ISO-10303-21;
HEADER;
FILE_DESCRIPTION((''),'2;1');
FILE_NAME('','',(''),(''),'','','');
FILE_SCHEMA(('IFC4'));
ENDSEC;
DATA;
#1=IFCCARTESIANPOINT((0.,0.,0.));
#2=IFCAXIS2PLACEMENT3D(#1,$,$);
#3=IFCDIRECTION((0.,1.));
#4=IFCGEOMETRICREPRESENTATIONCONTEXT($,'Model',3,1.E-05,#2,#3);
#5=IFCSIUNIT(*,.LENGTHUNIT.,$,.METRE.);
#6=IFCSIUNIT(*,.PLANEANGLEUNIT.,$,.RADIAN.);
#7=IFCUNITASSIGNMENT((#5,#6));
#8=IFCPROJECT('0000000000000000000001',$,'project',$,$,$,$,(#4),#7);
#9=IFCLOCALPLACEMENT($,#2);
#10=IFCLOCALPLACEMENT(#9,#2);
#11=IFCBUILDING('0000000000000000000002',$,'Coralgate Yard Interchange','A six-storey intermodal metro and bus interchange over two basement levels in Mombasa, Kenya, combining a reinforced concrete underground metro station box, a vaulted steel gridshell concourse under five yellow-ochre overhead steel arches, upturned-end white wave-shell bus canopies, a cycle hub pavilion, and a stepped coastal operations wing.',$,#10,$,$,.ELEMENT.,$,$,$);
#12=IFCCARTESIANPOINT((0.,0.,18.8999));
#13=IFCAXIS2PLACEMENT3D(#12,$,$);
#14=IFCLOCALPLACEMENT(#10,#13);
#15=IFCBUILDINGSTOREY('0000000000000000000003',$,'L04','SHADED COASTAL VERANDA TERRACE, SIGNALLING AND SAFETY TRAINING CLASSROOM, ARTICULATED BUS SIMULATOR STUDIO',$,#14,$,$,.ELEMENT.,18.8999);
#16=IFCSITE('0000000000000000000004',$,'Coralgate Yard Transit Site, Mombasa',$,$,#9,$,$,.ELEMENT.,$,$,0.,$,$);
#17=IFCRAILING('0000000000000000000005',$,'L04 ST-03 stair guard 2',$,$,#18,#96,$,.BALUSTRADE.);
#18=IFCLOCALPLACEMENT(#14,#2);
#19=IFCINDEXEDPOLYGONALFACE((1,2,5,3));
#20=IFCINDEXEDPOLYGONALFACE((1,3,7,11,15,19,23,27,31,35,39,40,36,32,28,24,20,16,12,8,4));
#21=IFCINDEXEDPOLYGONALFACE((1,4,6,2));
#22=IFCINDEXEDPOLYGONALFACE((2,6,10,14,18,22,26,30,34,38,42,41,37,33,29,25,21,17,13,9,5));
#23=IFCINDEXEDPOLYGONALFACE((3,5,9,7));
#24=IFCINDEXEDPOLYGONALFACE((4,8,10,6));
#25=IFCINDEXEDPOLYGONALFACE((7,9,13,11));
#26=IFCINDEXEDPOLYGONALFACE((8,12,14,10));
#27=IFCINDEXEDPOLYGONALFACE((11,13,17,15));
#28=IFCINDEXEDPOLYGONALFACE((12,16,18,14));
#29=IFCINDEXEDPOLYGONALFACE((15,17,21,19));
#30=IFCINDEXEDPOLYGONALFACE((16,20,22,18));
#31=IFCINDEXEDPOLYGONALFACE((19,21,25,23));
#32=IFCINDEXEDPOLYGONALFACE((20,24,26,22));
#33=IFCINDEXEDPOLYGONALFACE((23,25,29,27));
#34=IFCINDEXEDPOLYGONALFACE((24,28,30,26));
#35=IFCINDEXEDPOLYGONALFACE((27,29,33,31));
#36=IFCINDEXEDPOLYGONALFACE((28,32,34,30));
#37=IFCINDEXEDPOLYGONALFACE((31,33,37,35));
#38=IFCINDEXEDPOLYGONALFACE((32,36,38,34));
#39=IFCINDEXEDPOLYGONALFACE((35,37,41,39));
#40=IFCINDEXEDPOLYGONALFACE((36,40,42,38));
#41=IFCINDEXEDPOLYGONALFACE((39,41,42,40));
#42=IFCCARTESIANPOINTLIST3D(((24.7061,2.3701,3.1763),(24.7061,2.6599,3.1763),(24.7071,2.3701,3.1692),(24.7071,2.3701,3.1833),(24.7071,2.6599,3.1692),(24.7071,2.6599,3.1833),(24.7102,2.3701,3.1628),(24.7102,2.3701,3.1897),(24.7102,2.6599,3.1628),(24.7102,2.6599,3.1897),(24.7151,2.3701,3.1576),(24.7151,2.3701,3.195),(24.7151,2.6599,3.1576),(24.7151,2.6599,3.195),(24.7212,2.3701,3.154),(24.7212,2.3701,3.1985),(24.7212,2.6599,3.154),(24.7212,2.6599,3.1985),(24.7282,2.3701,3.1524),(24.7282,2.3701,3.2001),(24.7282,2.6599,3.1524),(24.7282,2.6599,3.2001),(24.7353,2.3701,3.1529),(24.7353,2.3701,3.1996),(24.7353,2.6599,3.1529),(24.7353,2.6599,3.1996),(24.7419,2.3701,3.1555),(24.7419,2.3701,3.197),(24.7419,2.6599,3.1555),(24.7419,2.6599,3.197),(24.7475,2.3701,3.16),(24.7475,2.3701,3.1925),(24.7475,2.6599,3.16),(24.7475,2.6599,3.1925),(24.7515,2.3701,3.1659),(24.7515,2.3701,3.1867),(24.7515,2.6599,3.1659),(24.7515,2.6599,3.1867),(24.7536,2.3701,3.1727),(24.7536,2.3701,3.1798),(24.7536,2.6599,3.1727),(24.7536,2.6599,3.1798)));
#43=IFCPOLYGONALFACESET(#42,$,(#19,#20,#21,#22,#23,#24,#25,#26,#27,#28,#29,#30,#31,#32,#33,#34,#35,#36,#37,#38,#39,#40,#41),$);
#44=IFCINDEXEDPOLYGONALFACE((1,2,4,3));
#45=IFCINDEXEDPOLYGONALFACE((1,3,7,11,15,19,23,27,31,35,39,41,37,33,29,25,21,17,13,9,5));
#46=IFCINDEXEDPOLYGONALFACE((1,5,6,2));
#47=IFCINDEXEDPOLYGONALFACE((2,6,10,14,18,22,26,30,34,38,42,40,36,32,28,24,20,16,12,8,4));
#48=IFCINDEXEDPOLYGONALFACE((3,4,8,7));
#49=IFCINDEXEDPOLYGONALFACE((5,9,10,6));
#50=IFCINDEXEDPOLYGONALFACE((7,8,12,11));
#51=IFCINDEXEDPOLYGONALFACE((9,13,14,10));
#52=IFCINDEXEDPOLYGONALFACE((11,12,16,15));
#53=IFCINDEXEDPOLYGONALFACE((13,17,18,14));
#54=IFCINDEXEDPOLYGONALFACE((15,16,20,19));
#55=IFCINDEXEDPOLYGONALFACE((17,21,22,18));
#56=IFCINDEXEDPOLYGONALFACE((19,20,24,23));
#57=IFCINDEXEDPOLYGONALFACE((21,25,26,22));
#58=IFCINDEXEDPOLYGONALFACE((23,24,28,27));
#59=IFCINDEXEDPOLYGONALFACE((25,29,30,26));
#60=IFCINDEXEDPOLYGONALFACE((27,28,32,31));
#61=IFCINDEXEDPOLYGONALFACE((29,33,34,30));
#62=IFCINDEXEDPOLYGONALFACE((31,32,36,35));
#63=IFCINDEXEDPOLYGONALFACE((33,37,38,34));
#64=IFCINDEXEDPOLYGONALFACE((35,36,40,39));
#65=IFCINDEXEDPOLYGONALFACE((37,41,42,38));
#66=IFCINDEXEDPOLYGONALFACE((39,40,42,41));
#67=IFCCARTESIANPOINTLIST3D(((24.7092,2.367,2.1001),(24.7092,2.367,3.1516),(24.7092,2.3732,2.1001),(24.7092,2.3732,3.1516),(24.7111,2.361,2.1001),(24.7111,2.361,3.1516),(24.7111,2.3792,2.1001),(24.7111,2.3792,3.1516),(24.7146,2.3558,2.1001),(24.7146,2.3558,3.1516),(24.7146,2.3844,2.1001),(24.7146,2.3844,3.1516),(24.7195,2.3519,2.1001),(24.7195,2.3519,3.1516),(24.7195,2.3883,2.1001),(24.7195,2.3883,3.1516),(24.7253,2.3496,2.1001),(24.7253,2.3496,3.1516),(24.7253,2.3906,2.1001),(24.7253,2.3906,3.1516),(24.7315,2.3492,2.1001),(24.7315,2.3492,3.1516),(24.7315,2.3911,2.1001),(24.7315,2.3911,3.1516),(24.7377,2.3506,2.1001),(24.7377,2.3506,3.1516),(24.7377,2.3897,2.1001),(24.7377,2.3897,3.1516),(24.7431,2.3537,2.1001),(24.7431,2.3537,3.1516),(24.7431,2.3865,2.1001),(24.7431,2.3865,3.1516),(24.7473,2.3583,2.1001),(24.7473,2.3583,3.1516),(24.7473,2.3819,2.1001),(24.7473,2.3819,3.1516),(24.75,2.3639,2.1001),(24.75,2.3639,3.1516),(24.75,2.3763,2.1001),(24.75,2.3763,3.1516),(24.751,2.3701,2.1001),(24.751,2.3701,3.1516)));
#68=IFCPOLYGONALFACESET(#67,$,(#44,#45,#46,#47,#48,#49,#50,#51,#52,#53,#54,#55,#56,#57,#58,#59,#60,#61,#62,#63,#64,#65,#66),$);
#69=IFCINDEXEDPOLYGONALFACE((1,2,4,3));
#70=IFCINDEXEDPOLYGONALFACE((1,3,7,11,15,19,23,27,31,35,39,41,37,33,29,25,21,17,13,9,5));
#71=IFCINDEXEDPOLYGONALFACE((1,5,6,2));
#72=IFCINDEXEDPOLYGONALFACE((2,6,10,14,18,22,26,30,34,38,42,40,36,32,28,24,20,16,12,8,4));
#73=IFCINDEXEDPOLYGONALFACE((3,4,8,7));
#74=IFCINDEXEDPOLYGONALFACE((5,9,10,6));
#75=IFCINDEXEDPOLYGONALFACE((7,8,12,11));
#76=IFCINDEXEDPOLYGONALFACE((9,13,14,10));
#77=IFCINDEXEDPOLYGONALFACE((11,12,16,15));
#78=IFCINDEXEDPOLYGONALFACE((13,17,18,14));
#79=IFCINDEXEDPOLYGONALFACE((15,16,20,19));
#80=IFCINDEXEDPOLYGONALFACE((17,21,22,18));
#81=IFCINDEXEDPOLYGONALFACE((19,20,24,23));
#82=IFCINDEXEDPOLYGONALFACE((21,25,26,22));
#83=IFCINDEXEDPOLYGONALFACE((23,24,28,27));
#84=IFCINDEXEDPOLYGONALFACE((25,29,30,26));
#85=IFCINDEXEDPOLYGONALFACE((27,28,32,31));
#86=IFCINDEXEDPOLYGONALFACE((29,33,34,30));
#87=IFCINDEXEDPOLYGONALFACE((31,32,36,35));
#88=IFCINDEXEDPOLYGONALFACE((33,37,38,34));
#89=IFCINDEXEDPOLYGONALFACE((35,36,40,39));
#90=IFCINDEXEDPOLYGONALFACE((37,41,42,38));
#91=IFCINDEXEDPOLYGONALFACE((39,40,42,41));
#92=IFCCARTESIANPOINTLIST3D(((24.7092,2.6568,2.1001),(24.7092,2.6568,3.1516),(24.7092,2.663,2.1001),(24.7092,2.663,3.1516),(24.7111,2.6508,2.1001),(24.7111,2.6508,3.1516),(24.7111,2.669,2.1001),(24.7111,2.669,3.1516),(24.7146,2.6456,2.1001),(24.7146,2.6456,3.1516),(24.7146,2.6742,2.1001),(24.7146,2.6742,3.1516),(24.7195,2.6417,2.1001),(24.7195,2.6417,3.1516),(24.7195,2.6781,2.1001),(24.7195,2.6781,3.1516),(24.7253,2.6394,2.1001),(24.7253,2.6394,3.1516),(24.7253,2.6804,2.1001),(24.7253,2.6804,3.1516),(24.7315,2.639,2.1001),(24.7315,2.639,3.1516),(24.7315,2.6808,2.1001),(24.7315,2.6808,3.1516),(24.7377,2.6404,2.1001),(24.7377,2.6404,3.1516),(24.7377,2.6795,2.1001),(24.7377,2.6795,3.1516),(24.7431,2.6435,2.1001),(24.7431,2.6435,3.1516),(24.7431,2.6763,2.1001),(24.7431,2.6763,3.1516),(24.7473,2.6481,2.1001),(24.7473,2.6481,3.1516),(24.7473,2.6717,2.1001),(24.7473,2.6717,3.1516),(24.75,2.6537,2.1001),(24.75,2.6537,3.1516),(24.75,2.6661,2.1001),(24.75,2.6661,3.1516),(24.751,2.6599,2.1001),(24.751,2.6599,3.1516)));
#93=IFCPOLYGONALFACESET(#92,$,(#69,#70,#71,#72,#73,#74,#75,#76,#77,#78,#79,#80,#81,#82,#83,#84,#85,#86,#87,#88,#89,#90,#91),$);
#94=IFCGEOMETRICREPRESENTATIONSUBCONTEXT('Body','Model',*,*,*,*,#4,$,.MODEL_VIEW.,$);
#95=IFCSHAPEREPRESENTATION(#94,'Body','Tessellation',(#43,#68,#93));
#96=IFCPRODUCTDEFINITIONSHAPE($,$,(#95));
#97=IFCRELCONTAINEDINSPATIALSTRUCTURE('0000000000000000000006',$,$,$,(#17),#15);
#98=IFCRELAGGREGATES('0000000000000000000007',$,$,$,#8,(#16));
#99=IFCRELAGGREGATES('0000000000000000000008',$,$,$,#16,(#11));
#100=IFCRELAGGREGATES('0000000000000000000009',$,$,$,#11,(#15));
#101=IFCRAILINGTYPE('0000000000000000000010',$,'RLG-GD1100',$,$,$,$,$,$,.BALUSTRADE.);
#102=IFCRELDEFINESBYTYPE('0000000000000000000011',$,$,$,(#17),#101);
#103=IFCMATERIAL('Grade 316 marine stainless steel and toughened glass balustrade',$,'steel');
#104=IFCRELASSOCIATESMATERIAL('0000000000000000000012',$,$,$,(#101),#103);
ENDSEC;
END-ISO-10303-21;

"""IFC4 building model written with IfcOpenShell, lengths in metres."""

from ifc_helpers import new_model, si_unit, direction, frame, origin, origin_2d, place, context, subcontext, project, spatial, circle, extrude, material, type_object, element, save


model = new_model("IFC4")

# Units and contexts
model_context = context("Model", 3, precision=1e-05, world=origin(), true_north=direction((0.0, 1.0)))
body_context = subcontext(model_context, "Body", "Model", "MODEL_VIEW")
ifc_project = project(units=[si_unit("LENGTHUNIT", "METRE"), si_unit("PLANEANGLEUNIT", "RADIAN")], contexts=[model_context])

# Site, building, storey
site_placement = place(None, origin())
site = spatial("IfcSite", under=ifc_project, at=site_placement, Name="Coralgate Yard Transit Site, Mombasa", CompositionType="ELEMENT", RefElevation=0.0)
building_placement = place(site_placement, origin())
building = spatial("IfcBuilding", under=site, at=building_placement, Name="Coralgate Yard Interchange", Description="A six-storey intermodal metro and bus interchange over two basement levels in Mombasa, Kenya, combining a reinforced concrete underground metro station box, a vaulted steel gridshell concourse under five yellow-ochre overhead steel arches, upturned-end white wave-shell bus canopies, a cycle hub pavilion, and a stepped coastal operations wing.", CompositionType="ELEMENT")
storey_placement = place(building_placement, frame((0.0, 0.0, 18.8999)))
storey = spatial("IfcBuildingStorey", under=building, at=storey_placement, Name="L04", Description="SHADED COASTAL VERANDA TERRACE, SIGNALLING AND SAFETY TRAINING CLASSROOM, ARTICULATED BUS SIMULATOR STUDIO", CompositionType="ELEMENT", Elevation=18.8999)

# Railing
ifc_material_1 = material(Name="Grade 316 marine stainless steel and toughened glass balustrade", Category="steel")
railing_type_1 = type_object("IfcRailingType", Name="RLG-GD1100", PredefinedType="BALUSTRADE", material=ifc_material_1)
railing_1_placement = place(storey_placement, frame((24.73, 2.3701, 2.1001)))
element("IfcRailing", 1, at=railing_1_placement, inside=storey, type_object=railing_type_1, Name="L04 ST-03 stair guard 2", PredefinedType="BALUSTRADE", context=body_context, shape_type="SweptSolid", body=[
    extrude(circle(Radius=0.0239, at=origin_2d()), frame((0.0, 0.0, 1.0762), z_axis=(0.0, 1.0, 0.0), x_axis=(-1.0, 0.0, 0.0)), (0.0, 0.0, 1.0), 0.2898),
    extrude(circle(Radius=0.021, at=origin_2d()), origin(), (0.0, 0.0, 1.0), 1.0515),
    extrude(circle(Radius=0.021, at=origin_2d()), frame((0.0, 0.2898, 0.0)), (0.0, 0.0, 1.0), 1.0515),
])

save(model, "model.ifc")
